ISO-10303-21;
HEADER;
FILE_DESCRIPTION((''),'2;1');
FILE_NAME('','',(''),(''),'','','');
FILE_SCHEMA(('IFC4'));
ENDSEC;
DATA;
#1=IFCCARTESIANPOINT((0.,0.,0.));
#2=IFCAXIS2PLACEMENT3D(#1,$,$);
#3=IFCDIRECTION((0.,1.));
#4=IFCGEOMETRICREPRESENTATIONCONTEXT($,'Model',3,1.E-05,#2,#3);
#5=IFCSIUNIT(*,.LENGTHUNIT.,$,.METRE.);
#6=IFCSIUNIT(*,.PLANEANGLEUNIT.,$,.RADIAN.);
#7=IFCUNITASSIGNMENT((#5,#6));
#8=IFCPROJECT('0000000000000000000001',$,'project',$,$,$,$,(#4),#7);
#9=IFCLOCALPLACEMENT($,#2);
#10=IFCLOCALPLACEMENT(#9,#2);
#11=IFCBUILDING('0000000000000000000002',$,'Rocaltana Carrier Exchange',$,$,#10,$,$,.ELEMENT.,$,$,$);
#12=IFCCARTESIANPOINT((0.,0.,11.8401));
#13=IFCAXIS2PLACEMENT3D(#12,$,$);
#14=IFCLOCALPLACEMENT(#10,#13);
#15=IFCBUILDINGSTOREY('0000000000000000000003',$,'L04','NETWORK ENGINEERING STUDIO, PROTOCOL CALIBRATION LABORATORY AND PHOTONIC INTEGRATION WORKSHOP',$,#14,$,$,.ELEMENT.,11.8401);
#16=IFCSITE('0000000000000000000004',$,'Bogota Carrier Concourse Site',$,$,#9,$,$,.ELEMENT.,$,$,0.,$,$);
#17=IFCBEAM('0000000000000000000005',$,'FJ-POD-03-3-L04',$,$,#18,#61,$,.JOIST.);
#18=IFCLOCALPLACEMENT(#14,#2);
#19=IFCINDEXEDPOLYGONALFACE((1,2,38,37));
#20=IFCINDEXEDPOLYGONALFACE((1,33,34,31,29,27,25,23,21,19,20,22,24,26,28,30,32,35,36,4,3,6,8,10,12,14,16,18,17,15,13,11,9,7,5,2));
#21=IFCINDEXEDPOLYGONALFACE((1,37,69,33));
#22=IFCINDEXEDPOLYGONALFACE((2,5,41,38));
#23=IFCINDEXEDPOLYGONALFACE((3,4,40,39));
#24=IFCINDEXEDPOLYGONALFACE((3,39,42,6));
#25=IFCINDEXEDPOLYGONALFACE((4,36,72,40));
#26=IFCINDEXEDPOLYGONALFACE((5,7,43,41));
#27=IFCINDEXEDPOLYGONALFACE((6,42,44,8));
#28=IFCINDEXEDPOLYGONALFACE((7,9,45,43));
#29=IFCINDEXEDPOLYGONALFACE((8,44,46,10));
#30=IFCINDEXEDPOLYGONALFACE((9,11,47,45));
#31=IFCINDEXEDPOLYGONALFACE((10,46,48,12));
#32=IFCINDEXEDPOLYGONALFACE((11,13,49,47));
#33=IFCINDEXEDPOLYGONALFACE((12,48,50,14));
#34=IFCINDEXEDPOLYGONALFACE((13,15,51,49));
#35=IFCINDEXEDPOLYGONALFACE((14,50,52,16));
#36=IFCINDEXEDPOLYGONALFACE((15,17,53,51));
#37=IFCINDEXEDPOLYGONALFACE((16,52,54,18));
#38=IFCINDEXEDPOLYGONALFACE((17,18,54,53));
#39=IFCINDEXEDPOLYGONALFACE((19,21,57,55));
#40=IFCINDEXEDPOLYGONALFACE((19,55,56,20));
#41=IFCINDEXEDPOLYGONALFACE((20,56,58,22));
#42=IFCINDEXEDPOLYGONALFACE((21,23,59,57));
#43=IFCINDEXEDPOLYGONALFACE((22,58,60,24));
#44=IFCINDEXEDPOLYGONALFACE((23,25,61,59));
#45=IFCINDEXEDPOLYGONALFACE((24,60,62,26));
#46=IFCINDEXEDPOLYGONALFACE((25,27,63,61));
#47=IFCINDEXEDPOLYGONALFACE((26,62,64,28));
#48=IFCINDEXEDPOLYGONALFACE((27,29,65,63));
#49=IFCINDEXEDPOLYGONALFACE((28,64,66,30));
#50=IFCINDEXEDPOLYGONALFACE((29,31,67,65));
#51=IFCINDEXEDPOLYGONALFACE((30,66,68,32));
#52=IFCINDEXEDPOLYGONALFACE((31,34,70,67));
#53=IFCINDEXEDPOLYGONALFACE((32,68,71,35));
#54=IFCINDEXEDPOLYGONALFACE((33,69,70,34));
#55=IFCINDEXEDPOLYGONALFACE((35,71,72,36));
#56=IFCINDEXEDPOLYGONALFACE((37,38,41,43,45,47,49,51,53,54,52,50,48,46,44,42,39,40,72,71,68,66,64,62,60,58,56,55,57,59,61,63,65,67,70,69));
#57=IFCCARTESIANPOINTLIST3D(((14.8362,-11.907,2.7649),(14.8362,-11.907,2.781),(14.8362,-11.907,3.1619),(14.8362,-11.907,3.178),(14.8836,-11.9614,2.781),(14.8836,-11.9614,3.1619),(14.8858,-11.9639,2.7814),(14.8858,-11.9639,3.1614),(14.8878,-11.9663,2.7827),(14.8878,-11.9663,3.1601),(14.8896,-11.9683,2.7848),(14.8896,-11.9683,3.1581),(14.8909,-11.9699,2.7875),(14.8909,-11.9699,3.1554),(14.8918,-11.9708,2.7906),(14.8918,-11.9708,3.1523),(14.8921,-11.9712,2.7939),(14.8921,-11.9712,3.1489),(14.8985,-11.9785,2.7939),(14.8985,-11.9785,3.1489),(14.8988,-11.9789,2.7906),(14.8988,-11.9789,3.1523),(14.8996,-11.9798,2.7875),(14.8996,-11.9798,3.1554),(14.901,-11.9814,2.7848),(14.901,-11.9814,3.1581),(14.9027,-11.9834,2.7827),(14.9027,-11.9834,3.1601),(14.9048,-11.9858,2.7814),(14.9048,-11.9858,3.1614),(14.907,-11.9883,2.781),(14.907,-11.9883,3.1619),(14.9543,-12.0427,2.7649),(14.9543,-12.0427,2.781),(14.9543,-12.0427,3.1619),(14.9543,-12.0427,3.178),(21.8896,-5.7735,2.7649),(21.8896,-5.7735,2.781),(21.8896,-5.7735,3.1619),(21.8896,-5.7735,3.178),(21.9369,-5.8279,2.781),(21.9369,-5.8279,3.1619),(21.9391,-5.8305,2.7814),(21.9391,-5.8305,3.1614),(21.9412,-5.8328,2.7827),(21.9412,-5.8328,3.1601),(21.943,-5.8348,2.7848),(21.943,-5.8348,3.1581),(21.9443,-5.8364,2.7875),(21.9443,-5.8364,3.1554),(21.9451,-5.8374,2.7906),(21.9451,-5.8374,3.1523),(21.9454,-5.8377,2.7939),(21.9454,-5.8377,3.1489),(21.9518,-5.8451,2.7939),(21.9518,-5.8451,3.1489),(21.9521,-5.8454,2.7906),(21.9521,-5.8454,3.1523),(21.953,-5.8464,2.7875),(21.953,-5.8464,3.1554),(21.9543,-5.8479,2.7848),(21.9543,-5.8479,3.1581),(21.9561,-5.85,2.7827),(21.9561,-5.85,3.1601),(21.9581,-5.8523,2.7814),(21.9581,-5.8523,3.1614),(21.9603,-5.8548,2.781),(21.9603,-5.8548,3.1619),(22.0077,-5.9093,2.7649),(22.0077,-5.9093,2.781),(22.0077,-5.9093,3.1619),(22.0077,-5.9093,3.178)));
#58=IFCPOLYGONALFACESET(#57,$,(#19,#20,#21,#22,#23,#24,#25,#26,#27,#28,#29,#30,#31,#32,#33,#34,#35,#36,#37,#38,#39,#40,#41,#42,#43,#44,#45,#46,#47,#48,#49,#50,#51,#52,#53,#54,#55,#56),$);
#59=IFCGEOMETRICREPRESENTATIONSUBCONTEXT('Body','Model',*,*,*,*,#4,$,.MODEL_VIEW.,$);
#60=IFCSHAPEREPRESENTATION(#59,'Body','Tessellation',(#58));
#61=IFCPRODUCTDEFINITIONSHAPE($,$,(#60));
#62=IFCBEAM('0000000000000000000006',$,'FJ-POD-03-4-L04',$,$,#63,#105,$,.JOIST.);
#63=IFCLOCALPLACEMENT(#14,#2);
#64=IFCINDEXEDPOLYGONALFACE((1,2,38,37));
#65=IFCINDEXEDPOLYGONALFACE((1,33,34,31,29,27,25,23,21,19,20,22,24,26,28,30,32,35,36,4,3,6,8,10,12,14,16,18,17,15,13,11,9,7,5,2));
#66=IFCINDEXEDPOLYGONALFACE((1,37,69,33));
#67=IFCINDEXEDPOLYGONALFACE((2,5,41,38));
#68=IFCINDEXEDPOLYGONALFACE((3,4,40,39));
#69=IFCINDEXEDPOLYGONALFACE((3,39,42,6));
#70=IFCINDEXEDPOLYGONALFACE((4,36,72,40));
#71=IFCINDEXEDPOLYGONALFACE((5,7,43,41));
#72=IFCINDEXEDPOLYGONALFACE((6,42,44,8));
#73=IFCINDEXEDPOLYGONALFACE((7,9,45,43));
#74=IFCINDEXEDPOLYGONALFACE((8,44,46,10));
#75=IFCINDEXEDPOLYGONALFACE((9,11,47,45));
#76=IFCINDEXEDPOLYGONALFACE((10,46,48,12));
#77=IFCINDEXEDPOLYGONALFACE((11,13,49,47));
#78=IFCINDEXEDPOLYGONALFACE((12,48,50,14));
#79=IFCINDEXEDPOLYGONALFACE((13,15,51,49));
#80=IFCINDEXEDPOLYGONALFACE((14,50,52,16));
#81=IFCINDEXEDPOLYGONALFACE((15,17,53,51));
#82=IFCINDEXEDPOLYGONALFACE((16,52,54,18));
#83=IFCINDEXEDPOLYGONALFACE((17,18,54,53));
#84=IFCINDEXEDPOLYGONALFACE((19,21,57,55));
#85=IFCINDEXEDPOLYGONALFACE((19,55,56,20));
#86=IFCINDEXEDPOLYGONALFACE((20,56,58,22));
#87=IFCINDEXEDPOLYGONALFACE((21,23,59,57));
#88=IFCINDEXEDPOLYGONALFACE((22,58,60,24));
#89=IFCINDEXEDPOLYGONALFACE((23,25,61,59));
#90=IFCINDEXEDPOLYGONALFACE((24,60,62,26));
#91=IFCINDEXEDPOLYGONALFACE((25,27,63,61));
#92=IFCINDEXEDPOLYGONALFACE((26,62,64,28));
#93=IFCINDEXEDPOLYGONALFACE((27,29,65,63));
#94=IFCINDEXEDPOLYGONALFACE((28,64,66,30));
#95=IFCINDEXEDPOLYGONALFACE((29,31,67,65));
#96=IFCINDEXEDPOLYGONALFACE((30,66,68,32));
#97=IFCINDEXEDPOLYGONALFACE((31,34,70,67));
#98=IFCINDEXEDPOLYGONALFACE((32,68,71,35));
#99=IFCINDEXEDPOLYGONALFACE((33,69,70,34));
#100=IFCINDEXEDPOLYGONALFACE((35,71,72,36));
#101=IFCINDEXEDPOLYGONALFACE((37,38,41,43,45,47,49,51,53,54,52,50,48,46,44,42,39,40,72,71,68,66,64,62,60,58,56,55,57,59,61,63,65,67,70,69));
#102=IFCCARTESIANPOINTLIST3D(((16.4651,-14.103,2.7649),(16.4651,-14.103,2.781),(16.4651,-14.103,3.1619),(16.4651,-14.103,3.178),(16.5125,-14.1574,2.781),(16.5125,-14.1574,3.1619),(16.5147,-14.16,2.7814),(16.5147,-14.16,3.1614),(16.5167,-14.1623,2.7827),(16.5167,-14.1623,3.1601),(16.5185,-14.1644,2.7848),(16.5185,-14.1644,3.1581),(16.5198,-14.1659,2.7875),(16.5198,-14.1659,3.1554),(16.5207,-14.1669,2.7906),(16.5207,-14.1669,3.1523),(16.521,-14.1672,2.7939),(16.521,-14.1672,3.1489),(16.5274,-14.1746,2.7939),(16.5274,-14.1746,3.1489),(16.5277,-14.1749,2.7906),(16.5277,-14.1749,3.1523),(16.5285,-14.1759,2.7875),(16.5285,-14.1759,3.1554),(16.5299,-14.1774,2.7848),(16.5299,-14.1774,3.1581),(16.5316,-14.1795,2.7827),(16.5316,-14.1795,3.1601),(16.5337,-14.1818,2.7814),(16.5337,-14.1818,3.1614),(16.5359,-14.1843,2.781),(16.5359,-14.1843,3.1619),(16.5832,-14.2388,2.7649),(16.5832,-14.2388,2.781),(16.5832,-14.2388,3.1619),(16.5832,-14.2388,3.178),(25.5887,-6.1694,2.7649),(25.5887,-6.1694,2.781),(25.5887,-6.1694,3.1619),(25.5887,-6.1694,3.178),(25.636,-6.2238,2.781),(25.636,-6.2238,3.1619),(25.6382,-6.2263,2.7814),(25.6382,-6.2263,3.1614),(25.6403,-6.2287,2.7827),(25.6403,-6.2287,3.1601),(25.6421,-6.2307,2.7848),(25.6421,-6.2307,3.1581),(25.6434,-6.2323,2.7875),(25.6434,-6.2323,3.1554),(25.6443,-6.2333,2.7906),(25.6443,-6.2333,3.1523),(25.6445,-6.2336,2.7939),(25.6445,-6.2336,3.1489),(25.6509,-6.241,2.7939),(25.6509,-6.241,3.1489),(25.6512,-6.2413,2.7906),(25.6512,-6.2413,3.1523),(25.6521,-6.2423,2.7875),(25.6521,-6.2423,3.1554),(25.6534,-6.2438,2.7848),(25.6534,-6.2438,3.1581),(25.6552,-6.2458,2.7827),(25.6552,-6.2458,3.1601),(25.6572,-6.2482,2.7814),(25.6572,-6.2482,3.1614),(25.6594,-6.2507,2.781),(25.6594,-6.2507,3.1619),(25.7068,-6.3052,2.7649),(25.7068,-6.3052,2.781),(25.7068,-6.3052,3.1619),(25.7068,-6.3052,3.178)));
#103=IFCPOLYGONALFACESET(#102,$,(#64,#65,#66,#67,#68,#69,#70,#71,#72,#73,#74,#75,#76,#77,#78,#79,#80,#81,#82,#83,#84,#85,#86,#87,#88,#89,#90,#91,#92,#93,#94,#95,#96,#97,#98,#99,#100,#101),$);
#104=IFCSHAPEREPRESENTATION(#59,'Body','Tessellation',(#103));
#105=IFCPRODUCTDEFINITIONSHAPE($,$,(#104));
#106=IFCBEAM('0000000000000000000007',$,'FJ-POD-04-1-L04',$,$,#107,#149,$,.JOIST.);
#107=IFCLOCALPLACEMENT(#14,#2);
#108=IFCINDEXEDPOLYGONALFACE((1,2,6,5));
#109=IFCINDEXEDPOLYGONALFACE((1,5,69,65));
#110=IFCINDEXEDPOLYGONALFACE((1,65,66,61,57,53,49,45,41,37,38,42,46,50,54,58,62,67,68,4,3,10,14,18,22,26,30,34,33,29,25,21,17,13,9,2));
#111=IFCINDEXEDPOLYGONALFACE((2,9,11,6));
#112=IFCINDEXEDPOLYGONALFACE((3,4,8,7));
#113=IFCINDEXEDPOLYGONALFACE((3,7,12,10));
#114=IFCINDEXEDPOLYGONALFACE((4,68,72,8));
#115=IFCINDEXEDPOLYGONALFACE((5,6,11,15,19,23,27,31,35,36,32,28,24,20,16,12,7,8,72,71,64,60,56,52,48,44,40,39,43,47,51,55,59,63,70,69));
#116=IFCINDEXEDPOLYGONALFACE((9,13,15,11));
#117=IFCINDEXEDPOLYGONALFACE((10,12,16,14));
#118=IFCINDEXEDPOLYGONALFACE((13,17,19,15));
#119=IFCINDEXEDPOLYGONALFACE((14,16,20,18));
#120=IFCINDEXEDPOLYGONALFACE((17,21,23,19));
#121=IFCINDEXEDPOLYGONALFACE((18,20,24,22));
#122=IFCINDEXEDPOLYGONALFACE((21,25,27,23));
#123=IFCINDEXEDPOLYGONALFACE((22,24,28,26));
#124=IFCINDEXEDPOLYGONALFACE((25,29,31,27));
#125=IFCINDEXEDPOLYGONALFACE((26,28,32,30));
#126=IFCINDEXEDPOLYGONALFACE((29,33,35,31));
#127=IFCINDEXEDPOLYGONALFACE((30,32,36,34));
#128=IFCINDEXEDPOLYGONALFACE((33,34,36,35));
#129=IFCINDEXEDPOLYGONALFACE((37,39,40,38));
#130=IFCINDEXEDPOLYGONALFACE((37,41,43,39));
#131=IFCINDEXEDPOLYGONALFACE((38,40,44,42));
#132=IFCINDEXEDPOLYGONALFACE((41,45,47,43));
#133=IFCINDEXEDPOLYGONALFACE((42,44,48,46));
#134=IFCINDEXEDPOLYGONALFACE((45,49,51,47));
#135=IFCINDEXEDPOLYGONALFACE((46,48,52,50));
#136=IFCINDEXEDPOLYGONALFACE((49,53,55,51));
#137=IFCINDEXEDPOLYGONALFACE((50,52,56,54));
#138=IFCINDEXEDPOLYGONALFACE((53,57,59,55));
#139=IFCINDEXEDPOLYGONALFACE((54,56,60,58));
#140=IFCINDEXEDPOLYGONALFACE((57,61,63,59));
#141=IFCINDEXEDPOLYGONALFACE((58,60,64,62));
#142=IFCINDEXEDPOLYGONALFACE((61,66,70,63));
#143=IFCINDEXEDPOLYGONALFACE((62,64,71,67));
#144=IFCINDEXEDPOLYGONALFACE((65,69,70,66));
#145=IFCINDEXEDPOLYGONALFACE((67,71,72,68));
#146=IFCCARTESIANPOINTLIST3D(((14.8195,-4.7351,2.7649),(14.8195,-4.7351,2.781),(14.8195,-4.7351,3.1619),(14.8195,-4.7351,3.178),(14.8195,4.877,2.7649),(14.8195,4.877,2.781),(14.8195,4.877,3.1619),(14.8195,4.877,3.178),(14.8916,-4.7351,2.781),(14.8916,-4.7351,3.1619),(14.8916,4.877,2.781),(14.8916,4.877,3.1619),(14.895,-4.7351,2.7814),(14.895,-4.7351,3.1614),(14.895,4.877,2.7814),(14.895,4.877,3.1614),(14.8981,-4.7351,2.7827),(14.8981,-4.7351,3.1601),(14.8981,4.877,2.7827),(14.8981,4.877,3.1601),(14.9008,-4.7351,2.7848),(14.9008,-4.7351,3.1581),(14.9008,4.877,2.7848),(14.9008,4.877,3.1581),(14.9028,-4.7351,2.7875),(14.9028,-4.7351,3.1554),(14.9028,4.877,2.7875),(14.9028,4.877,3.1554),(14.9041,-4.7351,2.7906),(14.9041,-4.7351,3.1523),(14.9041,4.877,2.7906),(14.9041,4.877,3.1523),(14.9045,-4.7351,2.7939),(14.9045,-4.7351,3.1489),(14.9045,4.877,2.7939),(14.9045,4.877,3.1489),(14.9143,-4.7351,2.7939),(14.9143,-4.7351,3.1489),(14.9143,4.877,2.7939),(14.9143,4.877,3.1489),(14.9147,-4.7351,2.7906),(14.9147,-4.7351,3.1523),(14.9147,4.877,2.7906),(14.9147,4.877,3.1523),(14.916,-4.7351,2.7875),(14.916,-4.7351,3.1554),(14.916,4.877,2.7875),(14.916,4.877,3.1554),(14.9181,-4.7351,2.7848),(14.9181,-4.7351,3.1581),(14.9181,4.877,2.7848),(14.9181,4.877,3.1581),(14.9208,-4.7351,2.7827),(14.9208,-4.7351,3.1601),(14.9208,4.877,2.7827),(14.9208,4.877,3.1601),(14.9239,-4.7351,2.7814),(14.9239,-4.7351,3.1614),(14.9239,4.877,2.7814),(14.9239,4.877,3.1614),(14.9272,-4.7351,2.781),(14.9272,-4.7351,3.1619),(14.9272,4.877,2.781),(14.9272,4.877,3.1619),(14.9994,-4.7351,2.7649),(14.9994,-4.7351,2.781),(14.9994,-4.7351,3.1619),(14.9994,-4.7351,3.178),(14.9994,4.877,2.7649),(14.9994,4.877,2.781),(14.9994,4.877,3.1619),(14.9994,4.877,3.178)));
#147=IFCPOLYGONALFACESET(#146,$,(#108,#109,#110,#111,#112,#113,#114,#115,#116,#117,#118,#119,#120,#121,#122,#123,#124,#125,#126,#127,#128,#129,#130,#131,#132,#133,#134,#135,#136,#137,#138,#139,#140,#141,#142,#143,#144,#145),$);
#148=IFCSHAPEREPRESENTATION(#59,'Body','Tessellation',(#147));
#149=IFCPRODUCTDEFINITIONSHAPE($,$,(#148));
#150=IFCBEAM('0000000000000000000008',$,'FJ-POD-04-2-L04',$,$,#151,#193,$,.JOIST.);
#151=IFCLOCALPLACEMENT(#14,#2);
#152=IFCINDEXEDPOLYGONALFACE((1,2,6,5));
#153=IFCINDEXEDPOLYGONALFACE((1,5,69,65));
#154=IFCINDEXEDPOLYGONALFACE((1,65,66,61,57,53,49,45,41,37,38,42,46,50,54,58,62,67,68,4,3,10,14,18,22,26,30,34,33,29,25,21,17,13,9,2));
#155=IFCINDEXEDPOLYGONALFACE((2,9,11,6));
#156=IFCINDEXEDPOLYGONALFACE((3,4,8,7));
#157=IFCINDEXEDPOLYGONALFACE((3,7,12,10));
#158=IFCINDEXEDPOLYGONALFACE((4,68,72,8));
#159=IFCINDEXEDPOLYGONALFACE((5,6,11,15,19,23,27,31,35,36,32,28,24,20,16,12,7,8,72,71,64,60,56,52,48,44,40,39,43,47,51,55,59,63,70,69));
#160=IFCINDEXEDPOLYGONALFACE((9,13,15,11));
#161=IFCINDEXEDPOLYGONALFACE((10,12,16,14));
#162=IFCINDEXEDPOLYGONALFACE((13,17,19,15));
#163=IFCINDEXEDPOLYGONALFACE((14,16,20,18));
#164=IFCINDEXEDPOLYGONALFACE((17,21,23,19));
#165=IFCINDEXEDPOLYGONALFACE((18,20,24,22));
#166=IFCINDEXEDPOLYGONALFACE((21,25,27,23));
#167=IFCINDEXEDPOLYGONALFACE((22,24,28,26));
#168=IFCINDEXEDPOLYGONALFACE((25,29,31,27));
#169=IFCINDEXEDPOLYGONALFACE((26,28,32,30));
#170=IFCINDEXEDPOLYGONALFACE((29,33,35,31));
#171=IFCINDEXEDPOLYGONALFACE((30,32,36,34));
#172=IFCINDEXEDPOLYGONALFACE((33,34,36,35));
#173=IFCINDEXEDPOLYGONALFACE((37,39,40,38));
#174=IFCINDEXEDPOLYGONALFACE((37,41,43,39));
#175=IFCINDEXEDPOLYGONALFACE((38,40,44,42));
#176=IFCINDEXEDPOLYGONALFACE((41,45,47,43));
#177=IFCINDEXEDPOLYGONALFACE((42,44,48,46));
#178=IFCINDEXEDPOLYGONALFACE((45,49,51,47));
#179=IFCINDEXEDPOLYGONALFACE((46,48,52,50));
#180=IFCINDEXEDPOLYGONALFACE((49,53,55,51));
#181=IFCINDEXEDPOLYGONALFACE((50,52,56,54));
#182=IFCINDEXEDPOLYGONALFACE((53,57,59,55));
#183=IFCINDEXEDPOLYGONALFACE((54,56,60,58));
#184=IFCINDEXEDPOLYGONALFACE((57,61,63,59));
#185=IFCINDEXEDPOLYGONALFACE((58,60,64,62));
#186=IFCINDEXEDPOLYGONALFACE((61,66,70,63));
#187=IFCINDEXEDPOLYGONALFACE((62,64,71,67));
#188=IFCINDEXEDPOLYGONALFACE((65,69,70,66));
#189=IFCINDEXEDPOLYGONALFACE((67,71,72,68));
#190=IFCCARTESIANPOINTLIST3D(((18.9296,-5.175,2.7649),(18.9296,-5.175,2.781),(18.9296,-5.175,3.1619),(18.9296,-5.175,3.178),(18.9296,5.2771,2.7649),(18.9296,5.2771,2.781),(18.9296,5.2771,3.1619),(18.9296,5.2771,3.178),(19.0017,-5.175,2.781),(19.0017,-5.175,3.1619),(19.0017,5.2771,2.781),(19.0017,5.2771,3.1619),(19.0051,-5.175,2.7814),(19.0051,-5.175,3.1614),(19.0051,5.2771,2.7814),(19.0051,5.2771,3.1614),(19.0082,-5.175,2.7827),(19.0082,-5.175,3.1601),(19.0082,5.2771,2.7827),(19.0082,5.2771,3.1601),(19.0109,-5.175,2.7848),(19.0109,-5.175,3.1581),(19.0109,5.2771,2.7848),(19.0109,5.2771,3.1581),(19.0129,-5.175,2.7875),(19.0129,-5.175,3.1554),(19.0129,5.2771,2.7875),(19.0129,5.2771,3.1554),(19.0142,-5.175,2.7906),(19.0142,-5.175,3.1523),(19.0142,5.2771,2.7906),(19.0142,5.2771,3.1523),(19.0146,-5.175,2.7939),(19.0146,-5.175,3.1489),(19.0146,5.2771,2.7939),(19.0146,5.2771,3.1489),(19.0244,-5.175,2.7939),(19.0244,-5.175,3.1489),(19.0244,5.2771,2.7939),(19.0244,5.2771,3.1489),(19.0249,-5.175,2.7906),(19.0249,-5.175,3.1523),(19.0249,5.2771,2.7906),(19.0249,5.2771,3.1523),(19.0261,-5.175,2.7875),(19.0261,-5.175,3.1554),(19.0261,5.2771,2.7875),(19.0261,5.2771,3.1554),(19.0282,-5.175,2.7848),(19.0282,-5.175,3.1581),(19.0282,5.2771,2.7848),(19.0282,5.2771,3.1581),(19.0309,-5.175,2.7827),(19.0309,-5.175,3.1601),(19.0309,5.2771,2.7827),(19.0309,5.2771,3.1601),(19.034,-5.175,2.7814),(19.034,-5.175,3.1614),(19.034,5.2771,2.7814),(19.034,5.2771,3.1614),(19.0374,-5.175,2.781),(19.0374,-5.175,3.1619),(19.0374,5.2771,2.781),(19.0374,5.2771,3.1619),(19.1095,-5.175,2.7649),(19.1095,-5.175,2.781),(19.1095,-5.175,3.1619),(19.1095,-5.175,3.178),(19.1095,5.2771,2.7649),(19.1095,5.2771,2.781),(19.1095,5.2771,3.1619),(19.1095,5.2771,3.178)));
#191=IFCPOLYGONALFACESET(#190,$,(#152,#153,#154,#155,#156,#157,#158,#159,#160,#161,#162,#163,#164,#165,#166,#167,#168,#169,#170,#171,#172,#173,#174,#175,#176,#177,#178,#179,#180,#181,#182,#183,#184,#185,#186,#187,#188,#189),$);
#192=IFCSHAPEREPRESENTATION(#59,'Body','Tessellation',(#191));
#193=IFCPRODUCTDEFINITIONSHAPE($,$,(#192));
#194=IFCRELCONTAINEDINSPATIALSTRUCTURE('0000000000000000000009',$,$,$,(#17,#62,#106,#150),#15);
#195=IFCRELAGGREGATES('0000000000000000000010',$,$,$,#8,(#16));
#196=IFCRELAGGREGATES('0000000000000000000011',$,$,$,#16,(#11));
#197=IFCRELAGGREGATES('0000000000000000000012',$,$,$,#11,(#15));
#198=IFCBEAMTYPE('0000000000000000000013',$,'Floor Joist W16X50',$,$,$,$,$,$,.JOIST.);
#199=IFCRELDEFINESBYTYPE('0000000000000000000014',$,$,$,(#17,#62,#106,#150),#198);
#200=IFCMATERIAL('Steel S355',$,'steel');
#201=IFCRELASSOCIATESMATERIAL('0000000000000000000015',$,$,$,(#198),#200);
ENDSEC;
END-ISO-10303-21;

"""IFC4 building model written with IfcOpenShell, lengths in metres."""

from ifc_helpers import new_model, si_unit, direction, frame, origin, origin_2d, place, context, subcontext, project, spatial, i_section, extrude, material, material_profile, profile_set, type_object, element, save


model = new_model("IFC4")

# Units and contexts
model_context = context("Model", 3, precision=1e-05, world=origin(), true_north=direction((0.0, 1.0)))
body_context = subcontext(model_context, "Body", "Model", "MODEL_VIEW")
ifc_project = project(units=[si_unit("LENGTHUNIT", "METRE"), si_unit("PLANEANGLEUNIT", "RADIAN")], contexts=[model_context])

# Site, building, storey
site_placement = place(None, origin())
site = spatial("IfcSite", under=ifc_project, at=site_placement, Name="Bogota Carrier Concourse Site", CompositionType="ELEMENT", RefElevation=0.0)
building_placement = place(site_placement, origin())
building = spatial("IfcBuilding", under=site, at=building_placement, Name="Rocaltana Carrier Exchange", CompositionType="ELEMENT")
storey_placement = place(building_placement, frame((0.0, 0.0, 11.8401)))
storey = spatial("IfcBuildingStorey", under=building, at=storey_placement, Name="L04", Description="NETWORK ENGINEERING STUDIO, PROTOCOL CALIBRATION LABORATORY AND PHOTONIC INTEGRATION WORKSHOP", CompositionType="ELEMENT", Elevation=11.8401)

# Beams
ifc_material_1 = material(Name="Steel S355", Category="steel")
ifc_material_profile_1 = material_profile(ifc_material_1, i_section(OverallWidth=0.1799, OverallDepth=0.4131, WebThickness=0.0098, FlangeThickness=0.0161, FilletRadius=0.0129, at=origin_2d()), Name="W16X50")
ifc_profile_set_1 = profile_set([ifc_material_profile_1], Name="Steel S355")
beam_type_1 = type_object("IfcBeamType", Name="Floor Joist W16X50", PredefinedType="JOIST", material=ifc_profile_set_1)
beam_1_placement = place(storey_placement, frame((14.8953, -11.9749, 2.9714), z_axis=(0.7546, 0.656185, 0.0), x_axis=(-0.656185, 0.7546, 0.0)))
element("IfcBeam", 1, at=beam_1_placement, inside=storey, type_object=beam_type_1, Name="FJ-POD-03-3-L04", PredefinedType="JOIST", context=body_context, shape_type="SweptSolid", body=[
    extrude(i_section(OverallWidth=0.1799, OverallDepth=0.4131, WebThickness=0.0098, FlangeThickness=0.0161, FilletRadius=0.0129, at=origin_2d()), origin(), (0.0, 0.0, 1.0), 9.3472),
])
beam_2_placement = place(storey_placement, frame((16.5242, -14.1709, 2.9714), z_axis=(0.754602, 0.656183, 0.0), x_axis=(-0.656183, 0.754602, 0.0)))
element("IfcBeam", 2, at=beam_2_placement, inside=storey, type_object=beam_type_1, Name="FJ-POD-03-4-L04", PredefinedType="JOIST", context=body_context, shape_type="SweptSolid", body=[
    extrude(i_section(OverallWidth=0.1799, OverallDepth=0.4131, WebThickness=0.0098, FlangeThickness=0.0161, FilletRadius=0.0129, at=origin_2d()), origin(), (0.0, 0.0, 1.0), 12.0906),
])
beam_3_placement = place(storey_placement, frame((14.9094, -4.7351, 2.9714), z_axis=(0.0, 1.0, 0.0), x_axis=(-1.0, 0.0, 0.0)))
element("IfcBeam", 3, at=beam_3_placement, inside=storey, type_object=beam_type_1, Name="FJ-POD-04-1-L04", PredefinedType="JOIST", context=body_context, shape_type="SweptSolid", body=[
    extrude(i_section(OverallWidth=0.1799, OverallDepth=0.4131, WebThickness=0.0098, FlangeThickness=0.0161, FilletRadius=0.0129, at=origin_2d()), origin(), (0.0, 0.0, 1.0), 9.6121),
])
beam_4_placement = place(storey_placement, frame((19.0195, -5.175, 2.9714), z_axis=(0.0, 1.0, 0.0), x_axis=(-1.0, 0.0, 0.0)))
element("IfcBeam", 4, at=beam_4_placement, inside=storey, type_object=beam_type_1, Name="FJ-POD-04-2-L04", PredefinedType="JOIST", context=body_context, shape_type="SweptSolid", body=[
    extrude(i_section(OverallWidth=0.1799, OverallDepth=0.4131, WebThickness=0.0098, FlangeThickness=0.0161, FilletRadius=0.0129, at=origin_2d()), origin(), (0.0, 0.0, 1.0), 10.4521),
])

save(model, "model.ifc")
